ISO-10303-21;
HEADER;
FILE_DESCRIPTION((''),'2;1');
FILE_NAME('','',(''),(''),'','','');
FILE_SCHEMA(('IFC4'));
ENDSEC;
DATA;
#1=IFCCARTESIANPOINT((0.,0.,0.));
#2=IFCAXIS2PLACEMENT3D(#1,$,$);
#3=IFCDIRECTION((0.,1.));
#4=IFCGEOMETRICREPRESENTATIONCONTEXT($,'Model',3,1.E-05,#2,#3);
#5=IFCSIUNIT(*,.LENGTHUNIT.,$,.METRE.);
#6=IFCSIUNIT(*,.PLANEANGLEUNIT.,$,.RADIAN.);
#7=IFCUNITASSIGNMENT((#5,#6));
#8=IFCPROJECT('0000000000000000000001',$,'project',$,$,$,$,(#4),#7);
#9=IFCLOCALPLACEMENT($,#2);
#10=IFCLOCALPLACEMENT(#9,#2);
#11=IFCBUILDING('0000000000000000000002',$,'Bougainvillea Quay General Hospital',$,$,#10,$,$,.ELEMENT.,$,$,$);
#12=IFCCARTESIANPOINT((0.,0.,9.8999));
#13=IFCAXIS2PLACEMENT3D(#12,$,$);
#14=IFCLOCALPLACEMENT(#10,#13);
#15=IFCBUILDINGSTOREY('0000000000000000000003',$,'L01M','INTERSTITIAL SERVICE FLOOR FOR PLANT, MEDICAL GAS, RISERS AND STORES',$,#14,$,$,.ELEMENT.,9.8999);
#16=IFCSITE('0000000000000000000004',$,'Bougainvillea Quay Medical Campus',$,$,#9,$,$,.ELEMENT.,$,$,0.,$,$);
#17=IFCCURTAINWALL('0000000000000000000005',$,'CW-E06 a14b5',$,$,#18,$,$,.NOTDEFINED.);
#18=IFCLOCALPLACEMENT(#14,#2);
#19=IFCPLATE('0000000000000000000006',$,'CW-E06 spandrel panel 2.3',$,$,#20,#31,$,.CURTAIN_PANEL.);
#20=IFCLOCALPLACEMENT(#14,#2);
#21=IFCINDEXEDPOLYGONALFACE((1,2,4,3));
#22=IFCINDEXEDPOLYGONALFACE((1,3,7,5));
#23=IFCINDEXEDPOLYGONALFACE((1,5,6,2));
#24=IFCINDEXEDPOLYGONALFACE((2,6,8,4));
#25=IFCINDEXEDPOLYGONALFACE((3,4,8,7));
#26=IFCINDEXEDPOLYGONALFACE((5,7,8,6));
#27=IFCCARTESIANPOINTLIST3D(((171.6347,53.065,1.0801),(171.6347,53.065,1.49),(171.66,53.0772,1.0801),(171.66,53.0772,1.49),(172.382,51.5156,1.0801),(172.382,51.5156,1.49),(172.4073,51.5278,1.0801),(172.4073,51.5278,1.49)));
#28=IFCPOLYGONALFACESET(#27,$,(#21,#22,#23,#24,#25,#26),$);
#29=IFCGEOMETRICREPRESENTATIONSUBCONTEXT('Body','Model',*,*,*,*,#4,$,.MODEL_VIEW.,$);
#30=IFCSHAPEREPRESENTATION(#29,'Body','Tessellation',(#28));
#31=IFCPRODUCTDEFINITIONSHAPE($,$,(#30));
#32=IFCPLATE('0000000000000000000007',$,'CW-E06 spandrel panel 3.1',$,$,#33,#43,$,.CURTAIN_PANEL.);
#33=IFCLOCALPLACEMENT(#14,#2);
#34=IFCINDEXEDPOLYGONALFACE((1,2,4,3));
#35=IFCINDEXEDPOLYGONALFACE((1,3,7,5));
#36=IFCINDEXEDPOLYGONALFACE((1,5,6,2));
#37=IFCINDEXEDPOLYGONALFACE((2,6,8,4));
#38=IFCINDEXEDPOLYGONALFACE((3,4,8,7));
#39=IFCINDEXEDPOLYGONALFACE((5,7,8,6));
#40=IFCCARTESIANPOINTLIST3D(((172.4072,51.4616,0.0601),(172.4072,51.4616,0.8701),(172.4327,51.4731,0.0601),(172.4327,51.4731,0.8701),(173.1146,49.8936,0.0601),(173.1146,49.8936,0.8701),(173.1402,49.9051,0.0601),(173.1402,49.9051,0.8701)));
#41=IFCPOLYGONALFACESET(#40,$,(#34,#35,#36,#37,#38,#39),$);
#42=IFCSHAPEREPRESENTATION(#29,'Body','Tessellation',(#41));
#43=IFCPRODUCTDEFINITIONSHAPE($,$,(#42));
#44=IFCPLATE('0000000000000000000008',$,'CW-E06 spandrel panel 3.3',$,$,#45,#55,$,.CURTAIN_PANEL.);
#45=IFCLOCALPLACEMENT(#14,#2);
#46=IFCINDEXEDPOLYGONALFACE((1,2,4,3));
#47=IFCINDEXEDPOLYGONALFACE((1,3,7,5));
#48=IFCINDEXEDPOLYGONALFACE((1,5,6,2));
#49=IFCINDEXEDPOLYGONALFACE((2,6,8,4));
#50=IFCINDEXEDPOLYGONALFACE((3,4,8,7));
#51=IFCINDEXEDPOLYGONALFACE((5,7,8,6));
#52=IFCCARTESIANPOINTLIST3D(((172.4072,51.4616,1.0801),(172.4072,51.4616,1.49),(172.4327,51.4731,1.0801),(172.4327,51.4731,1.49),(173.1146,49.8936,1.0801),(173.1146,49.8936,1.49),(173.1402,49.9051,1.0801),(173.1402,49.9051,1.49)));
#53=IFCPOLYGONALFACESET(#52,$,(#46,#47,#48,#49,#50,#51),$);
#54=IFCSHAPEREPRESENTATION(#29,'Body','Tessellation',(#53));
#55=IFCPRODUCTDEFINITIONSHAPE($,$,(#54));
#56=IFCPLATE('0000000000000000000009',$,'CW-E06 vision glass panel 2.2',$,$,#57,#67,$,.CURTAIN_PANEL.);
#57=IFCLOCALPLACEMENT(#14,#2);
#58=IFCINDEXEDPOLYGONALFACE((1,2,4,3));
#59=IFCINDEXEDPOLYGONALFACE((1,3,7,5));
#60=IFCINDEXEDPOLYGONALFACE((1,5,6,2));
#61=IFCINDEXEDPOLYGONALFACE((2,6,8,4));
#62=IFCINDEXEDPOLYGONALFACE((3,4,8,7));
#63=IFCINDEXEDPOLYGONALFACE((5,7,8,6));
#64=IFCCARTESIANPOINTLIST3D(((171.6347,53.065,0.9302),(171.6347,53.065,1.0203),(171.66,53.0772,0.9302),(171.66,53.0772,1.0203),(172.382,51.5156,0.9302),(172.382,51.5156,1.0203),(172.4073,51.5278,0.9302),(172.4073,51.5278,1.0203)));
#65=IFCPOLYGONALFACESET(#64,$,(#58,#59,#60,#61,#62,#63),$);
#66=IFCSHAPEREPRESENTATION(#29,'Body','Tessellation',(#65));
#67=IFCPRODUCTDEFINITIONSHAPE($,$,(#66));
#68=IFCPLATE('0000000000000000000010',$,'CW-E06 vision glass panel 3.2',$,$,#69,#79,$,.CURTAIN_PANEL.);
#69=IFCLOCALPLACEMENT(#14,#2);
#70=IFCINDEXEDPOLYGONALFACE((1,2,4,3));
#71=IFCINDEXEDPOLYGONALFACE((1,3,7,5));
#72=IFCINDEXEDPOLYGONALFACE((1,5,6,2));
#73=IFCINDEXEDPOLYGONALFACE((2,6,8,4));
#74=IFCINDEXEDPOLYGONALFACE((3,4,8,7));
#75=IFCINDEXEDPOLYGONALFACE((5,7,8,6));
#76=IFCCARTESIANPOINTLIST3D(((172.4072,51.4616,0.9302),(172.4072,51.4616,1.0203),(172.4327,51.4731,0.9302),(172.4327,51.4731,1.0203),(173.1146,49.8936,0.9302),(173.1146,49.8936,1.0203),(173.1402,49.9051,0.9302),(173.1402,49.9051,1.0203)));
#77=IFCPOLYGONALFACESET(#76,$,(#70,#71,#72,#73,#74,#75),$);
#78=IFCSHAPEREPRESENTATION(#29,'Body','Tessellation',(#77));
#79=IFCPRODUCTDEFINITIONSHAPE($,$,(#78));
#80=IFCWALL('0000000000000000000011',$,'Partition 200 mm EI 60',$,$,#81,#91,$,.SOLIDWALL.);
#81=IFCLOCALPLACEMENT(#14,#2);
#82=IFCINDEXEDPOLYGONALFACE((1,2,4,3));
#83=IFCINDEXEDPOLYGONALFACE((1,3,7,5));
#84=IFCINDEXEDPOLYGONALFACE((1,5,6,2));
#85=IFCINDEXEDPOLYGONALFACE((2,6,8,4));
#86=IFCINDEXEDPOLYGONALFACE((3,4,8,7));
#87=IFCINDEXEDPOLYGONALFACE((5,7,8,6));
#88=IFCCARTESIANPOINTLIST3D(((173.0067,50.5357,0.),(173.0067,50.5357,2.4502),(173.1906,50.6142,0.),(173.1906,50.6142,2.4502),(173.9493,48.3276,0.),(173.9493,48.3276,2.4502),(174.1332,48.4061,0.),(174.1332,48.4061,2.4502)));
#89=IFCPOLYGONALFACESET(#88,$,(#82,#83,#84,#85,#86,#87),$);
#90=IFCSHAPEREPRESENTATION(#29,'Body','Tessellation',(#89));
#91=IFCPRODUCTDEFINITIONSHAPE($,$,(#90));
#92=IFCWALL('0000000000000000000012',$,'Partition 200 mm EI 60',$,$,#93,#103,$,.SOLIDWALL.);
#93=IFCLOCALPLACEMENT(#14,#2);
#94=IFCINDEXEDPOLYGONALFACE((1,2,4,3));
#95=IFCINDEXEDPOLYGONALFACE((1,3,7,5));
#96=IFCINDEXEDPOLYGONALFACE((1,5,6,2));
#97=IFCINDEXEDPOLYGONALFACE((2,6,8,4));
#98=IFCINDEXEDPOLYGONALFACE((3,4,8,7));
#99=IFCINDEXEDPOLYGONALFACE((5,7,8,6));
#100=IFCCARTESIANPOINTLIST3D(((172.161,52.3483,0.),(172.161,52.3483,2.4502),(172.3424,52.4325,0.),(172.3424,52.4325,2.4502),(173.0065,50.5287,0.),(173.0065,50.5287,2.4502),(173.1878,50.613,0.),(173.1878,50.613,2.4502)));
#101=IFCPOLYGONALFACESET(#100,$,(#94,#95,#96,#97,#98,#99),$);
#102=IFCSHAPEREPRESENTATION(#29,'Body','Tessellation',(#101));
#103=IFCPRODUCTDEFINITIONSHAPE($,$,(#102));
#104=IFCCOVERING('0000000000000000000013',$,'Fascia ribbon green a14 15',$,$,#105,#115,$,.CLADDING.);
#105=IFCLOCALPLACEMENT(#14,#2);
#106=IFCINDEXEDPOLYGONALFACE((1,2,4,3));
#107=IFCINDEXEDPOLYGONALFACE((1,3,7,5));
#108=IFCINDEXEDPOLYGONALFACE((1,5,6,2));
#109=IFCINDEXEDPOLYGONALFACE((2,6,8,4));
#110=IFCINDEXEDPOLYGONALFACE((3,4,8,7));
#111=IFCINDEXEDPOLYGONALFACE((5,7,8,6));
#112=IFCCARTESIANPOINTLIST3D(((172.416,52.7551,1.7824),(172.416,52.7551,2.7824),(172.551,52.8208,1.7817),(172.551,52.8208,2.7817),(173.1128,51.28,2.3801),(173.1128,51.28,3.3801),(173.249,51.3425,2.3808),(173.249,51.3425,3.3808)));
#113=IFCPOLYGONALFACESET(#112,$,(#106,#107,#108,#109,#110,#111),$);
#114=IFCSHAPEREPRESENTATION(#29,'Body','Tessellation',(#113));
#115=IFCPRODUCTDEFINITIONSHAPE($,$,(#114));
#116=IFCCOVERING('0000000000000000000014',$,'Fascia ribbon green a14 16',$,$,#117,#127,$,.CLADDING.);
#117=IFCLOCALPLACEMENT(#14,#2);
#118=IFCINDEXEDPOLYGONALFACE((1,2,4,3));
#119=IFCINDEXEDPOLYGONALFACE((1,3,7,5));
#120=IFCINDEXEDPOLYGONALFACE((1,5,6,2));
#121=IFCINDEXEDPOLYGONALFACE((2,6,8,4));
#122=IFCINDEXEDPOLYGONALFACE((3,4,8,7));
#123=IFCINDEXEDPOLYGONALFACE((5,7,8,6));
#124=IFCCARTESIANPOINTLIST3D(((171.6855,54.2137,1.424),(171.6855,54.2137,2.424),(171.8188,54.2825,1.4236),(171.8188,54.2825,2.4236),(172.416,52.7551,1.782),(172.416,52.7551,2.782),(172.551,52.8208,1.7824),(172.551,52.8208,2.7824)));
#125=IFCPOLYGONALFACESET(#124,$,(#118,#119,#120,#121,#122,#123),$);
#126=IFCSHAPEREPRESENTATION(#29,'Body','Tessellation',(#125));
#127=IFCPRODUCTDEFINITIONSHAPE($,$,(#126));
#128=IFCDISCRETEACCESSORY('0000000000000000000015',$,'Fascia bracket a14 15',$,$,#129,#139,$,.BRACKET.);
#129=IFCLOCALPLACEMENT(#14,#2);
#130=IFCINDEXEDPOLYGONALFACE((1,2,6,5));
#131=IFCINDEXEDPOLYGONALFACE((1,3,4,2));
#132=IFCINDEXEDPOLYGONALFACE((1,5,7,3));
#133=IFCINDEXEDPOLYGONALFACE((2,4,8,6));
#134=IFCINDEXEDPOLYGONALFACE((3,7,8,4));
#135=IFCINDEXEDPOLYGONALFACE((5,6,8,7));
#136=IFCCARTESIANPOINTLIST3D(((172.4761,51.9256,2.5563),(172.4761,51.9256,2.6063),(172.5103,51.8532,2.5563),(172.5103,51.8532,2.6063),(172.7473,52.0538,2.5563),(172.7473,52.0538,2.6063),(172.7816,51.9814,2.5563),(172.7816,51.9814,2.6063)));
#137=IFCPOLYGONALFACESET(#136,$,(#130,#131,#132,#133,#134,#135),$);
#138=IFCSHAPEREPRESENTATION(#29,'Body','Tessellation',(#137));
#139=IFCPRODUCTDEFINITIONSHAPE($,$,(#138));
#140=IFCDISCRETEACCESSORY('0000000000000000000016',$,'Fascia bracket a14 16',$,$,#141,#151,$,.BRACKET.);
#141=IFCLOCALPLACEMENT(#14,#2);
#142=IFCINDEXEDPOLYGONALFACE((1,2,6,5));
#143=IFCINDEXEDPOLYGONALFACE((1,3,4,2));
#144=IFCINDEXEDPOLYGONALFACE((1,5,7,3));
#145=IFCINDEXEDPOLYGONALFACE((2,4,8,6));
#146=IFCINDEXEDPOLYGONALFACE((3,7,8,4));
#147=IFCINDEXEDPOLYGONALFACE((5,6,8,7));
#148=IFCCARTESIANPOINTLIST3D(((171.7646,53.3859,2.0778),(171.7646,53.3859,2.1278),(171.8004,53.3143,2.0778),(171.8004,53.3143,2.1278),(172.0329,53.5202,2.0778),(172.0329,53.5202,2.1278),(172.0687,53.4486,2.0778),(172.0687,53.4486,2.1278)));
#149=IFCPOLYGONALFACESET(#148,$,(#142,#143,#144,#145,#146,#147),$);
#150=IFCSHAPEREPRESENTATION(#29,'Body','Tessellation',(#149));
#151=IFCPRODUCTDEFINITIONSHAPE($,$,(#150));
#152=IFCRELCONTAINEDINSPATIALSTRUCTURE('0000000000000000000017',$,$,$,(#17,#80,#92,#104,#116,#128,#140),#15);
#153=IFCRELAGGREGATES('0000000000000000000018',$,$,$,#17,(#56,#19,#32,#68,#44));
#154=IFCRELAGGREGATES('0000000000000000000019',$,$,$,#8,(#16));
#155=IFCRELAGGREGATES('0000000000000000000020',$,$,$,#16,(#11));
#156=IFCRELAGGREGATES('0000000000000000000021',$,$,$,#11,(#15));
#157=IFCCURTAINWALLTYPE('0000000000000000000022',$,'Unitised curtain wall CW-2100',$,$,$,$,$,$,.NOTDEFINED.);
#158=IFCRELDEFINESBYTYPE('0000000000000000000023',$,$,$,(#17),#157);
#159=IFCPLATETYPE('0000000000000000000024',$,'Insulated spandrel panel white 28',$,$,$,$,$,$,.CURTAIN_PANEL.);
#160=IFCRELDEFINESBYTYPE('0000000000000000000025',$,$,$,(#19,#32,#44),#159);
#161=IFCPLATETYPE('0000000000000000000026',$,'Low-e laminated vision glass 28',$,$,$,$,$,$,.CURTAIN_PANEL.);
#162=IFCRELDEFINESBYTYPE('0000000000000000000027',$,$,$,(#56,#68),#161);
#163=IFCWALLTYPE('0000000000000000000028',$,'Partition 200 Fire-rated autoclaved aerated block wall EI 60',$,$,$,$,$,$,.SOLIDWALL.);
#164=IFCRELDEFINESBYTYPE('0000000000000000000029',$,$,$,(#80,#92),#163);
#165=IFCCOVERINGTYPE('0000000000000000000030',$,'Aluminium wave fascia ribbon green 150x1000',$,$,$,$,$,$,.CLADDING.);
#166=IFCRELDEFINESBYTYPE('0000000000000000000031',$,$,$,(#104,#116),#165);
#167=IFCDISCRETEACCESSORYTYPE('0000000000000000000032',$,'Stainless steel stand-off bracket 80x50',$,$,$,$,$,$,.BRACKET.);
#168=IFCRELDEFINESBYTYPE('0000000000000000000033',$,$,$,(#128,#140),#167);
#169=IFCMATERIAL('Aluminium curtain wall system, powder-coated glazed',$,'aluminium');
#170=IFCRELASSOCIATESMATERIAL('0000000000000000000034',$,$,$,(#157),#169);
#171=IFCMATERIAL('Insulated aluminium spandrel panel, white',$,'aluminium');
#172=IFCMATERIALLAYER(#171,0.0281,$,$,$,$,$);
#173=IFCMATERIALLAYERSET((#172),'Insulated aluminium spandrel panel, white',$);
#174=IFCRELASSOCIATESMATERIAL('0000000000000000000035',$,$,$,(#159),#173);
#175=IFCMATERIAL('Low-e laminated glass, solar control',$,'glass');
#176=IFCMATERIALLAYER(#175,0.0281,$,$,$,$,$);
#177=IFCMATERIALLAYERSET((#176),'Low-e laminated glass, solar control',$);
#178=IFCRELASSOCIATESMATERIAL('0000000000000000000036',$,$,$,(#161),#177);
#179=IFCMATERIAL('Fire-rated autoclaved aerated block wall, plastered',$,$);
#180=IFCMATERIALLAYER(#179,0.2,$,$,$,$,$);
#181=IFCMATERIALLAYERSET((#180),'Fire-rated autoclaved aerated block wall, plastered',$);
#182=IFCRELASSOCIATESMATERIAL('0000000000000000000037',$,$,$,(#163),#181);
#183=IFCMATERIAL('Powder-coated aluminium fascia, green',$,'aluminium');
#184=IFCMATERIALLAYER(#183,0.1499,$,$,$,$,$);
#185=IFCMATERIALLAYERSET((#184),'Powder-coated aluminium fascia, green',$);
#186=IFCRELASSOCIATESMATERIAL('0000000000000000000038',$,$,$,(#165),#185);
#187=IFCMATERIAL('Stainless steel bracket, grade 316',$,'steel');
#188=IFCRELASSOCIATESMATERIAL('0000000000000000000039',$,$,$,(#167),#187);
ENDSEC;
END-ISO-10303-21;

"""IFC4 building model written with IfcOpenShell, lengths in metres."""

from ifc_helpers import new_model, si_unit, direction, frame, frame_2d, origin, origin_2d, place, context, subcontext, project, spatial, polyline, rectangle, outline, extrude, material, layer, layer_set, material_profile, profile_set, type_object, element, aggregate, save


model = new_model("IFC4")

# Units and contexts
model_context = context("Model", 3, precision=1e-05, world=origin(), true_north=direction((0.0, 1.0)))
body_context = subcontext(model_context, "Body", "Model", "MODEL_VIEW")
ifc_project = project(units=[si_unit("LENGTHUNIT", "METRE"), si_unit("PLANEANGLEUNIT", "RADIAN")], contexts=[model_context])

# Site, building, storey
site_placement = place(None, origin())
site = spatial("IfcSite", under=ifc_project, at=site_placement, Name="Bougainvillea Quay Medical Campus", CompositionType="ELEMENT", RefElevation=0.0)
building_placement = place(site_placement, origin())
building = spatial("IfcBuilding", under=site, at=building_placement, Name="Bougainvillea Quay General Hospital", CompositionType="ELEMENT")
storey_placement = place(building_placement, frame((0.0, 0.0, 9.8999)))
storey = spatial("IfcBuildingStorey", under=building, at=storey_placement, Name="L01M", Description="INTERSTITIAL SERVICE FLOOR FOR PLANT, MEDICAL GAS, RISERS AND STORES", CompositionType="ELEMENT", Elevation=9.8999)

# Curtain wall, plates
ifc_material_1 = material(Name="Aluminium curtain wall system, powder-coated glazed", Category="aluminium")
curtain_wall_type = type_object("IfcCurtainWallType", Name="Unitised curtain wall CW-2100", PredefinedType="NOTDEFINED", material=ifc_material_1)
curtain_wall_placement = place(storey_placement, origin())
curtain_wall = element("IfcCurtainWall", 1, at=curtain_wall_placement, inside=storey, type_object=curtain_wall_type, Name="CW-E06 a14b5", PredefinedType="NOTDEFINED")
ifc_material_2 = material(Name="Insulated aluminium spandrel panel, white", Category="aluminium")
ifc_layer_1 = layer(ifc_material_2, 0.0281)
ifc_layer_set_1 = layer_set([ifc_layer_1], Name="Insulated aluminium spandrel panel, white")
plate_type_1 = type_object("IfcPlateType", Name="Insulated spandrel panel white 28", PredefinedType="CURTAIN_PANEL", material=ifc_layer_set_1)
plate_1_placement = place(storey_placement, frame((172.021, 52.2964, 1.0801), z_axis=(0.0, 0.0, 1.0), x_axis=(0.434389, -0.900726, 0.0)))
plate_1 = element("IfcPlate", 2, at=plate_1_placement, type_object=plate_type_1, Name="CW-E06 spandrel panel 2.3", PredefinedType="CURTAIN_PANEL", context=body_context, shape_type="SweptSolid", body=[
    extrude(rectangle(XDim=1.7202, YDim=0.0281, at=origin_2d()), origin(), (0.0, 0.0, 1.0), 0.4099),
])
plate_2_placement = place(storey_placement, frame((172.7737, 50.6833, 0.0601), z_axis=(0.0, 0.0, 1.0), x_axis=(0.41126, -0.911518, 0.0)))
plate_2 = element("IfcPlate", 3, at=plate_2_placement, type_object=plate_type_1, Name="CW-E06 spandrel panel 3.1", PredefinedType="CURTAIN_PANEL", context=body_context, shape_type="SweptSolid", body=[
    extrude(rectangle(XDim=1.7202, YDim=0.0281, at=origin_2d()), origin(), (0.0, 0.0, 1.0), 0.8101),
])
plate_3_placement = place(storey_placement, frame((172.7737, 50.6833, 1.0801), z_axis=(0.0, 0.0, 1.0), x_axis=(0.41126, -0.911518, 0.0)))
plate_3 = element("IfcPlate", 4, at=plate_3_placement, type_object=plate_type_1, Name="CW-E06 spandrel panel 3.3", PredefinedType="CURTAIN_PANEL", context=body_context, shape_type="SweptSolid", body=[
    extrude(rectangle(XDim=1.7202, YDim=0.0281, at=origin_2d()), origin(), (0.0, 0.0, 1.0), 0.4099),
])
ifc_material_3 = material(Name="Low-e laminated glass, solar control", Category="glass")
ifc_layer_2 = layer(ifc_material_3, 0.0281)
ifc_layer_set_2 = layer_set([ifc_layer_2], Name="Low-e laminated glass, solar control")
plate_type_2 = type_object("IfcPlateType", Name="Low-e laminated vision glass 28", PredefinedType="CURTAIN_PANEL", material=ifc_layer_set_2)
plate_4_placement = place(storey_placement, frame((172.021, 52.2964, 0.9302), z_axis=(0.0, 0.0, 1.0), x_axis=(0.434389, -0.900726, 0.0)))
plate_4 = element("IfcPlate", 5, at=plate_4_placement, type_object=plate_type_2, Name="CW-E06 vision glass panel 2.2", PredefinedType="CURTAIN_PANEL", context=body_context, shape_type="SweptSolid", body=[
    extrude(rectangle(XDim=1.7202, YDim=0.0281, at=origin_2d()), origin(), (0.0, 0.0, 1.0), 0.0901),
])
plate_5_placement = place(storey_placement, frame((172.7737, 50.6833, 0.9302), z_axis=(0.0, 0.0, 1.0), x_axis=(0.41126, -0.911518, 0.0)))
plate_5 = element("IfcPlate", 6, at=plate_5_placement, type_object=plate_type_2, Name="CW-E06 vision glass panel 3.2", PredefinedType="CURTAIN_PANEL", context=body_context, shape_type="SweptSolid", body=[
    extrude(rectangle(XDim=1.7202, YDim=0.0281, at=origin_2d()), origin(), (0.0, 0.0, 1.0), 0.0901),
])
aggregate(curtain_wall, [plate_4, plate_1, plate_2, plate_5, plate_3])

# Walls
ifc_material_4 = material(Name="Fire-rated autoclaved aerated block wall, plastered")
ifc_layer_3 = layer(ifc_material_4, 0.2)
ifc_layer_set_3 = layer_set([ifc_layer_3], Name="Fire-rated autoclaved aerated block wall, plastered")
wall_type = type_object("IfcWallType", Name="Partition 200 Fire-rated autoclaved aerated block wall EI 60", PredefinedType="SOLIDWALL", material=ifc_layer_set_3)
wall_1_placement = place(storey_placement, frame((173.0986, 50.575, 0.0), z_axis=(0.0, 0.0, 1.0), x_axis=(0.39263, -0.919696, 0.0)))
element("IfcWall", 7, at=wall_1_placement, inside=storey, type_object=wall_type, Name="Partition 200 mm EI 60", PredefinedType="SOLIDWALL", context=body_context, shape_type="SweptSolid", body=[
    extrude(rectangle(XDim=2.4009, YDim=0.2, at=frame_2d((1.2004, 0.0))), origin(), (0.0, 0.0, 1.0), 2.4502),
])
wall_2_placement = place(storey_placement, frame((172.2517, 52.3904, 0.0), z_axis=(0.0, 0.0, 1.0), x_axis=(0.421379, -0.906884, 0.0)))
element("IfcWall", 8, at=wall_2_placement, inside=storey, type_object=wall_type, Name="Partition 200 mm EI 60", PredefinedType="SOLIDWALL", context=body_context, shape_type="SweptSolid", body=[
    extrude(rectangle(XDim=2.0063, YDim=0.2, at=frame_2d((1.0032, 0.0))), origin(), (0.0, 0.0, 1.0), 2.4502),
])

# Coverings
ifc_material_5 = material(Name="Powder-coated aluminium fascia, green", Category="aluminium")
ifc_layer_4 = layer(ifc_material_5, 0.1499)
ifc_layer_set_4 = layer_set([ifc_layer_4], Name="Powder-coated aluminium fascia, green")
covering_type = type_object("IfcCoveringType", Name="Aluminium wave fascia ribbon green 150x1000", PredefinedType="CLADDING", material=ifc_layer_set_4)
covering_1_placement = place(storey_placement, frame((173.1128, 51.28, 2.3801), z_axis=(-0.146994, 0.311066, 0.938952), x_axis=(-0.401034, 0.849001, -0.344048)))
element("IfcCovering", 9, at=covering_1_placement, inside=storey, type_object=covering_type, Name="Fascia ribbon green a14 15", PredefinedType="CLADDING", context=body_context, shape_type="SweptSolid", body=[
    extrude(outline(polyline([(0.0, 0.0), (1.7374, 0.0), (1.7393, -0.1501), (-0.0018, -0.1499), (0.0, 0.0)])), origin(), (-0.344048, -0.000049, 0.938952), 1.0),
])
covering_2_placement = place(storey_placement, frame((172.416, 52.7551, 1.782), z_axis=(-0.096079, 0.191634, 0.976752), x_axis=(-0.437402, 0.873341, -0.214371)))
element("IfcCovering", 10, at=covering_2_placement, inside=storey, type_object=covering_type, Name="Fascia ribbon green a14 16", PredefinedType="CLADDING", context=body_context, shape_type="SweptSolid", body=[
    extrude(outline(polyline([(0.0, 0.0), (1.6701, 0.0), (1.6719, -0.15), (-0.0018, -0.1501), (0.0, 0.0)])), origin(), (-0.214371, -0.000088, 0.976752), 1.0),
])

# Discrete accessories
ifc_material_6 = material(Name="Stainless steel bracket, grade 316", Category="steel")
ifc_material_profile_1 = material_profile(ifc_material_6, rectangle(XDim=0.0801, YDim=0.05, at=origin_2d()))
ifc_profile_set_1 = profile_set([ifc_material_profile_1], Name="Stainless steel bracket, grade 316")
discrete_accessory_type = type_object("IfcDiscreteAccessoryType", Name="Stainless steel stand-off bracket 80x50", PredefinedType="BRACKET", material=ifc_profile_set_1)
for number, where, z_axis, x_axis, name in (
    (11, (172.4932, 51.8894, 2.5813), (0.904135, 0.427247, 0.0), (-0.427247, 0.904135, 0.0), "Fascia bracket a14 15"),
    (12, (171.7825, 53.3501, 2.1028), (0.894264, 0.447539, 0.0), (-0.447539, 0.894264, 0.0), "Fascia bracket a14 16"),
):
    element("IfcDiscreteAccessory", number, at=place(storey_placement, frame(where, z_axis=z_axis, x_axis=x_axis)), inside=storey, type_object=discrete_accessory_type, Name=name, PredefinedType="BRACKET", context=body_context, shape_type="SweptSolid", body=[
        extrude(rectangle(XDim=0.0801, YDim=0.05, at=origin_2d()), origin(), (0.0, 0.0, 1.0), 0.3),
    ])

save(model, "model.ifc")
